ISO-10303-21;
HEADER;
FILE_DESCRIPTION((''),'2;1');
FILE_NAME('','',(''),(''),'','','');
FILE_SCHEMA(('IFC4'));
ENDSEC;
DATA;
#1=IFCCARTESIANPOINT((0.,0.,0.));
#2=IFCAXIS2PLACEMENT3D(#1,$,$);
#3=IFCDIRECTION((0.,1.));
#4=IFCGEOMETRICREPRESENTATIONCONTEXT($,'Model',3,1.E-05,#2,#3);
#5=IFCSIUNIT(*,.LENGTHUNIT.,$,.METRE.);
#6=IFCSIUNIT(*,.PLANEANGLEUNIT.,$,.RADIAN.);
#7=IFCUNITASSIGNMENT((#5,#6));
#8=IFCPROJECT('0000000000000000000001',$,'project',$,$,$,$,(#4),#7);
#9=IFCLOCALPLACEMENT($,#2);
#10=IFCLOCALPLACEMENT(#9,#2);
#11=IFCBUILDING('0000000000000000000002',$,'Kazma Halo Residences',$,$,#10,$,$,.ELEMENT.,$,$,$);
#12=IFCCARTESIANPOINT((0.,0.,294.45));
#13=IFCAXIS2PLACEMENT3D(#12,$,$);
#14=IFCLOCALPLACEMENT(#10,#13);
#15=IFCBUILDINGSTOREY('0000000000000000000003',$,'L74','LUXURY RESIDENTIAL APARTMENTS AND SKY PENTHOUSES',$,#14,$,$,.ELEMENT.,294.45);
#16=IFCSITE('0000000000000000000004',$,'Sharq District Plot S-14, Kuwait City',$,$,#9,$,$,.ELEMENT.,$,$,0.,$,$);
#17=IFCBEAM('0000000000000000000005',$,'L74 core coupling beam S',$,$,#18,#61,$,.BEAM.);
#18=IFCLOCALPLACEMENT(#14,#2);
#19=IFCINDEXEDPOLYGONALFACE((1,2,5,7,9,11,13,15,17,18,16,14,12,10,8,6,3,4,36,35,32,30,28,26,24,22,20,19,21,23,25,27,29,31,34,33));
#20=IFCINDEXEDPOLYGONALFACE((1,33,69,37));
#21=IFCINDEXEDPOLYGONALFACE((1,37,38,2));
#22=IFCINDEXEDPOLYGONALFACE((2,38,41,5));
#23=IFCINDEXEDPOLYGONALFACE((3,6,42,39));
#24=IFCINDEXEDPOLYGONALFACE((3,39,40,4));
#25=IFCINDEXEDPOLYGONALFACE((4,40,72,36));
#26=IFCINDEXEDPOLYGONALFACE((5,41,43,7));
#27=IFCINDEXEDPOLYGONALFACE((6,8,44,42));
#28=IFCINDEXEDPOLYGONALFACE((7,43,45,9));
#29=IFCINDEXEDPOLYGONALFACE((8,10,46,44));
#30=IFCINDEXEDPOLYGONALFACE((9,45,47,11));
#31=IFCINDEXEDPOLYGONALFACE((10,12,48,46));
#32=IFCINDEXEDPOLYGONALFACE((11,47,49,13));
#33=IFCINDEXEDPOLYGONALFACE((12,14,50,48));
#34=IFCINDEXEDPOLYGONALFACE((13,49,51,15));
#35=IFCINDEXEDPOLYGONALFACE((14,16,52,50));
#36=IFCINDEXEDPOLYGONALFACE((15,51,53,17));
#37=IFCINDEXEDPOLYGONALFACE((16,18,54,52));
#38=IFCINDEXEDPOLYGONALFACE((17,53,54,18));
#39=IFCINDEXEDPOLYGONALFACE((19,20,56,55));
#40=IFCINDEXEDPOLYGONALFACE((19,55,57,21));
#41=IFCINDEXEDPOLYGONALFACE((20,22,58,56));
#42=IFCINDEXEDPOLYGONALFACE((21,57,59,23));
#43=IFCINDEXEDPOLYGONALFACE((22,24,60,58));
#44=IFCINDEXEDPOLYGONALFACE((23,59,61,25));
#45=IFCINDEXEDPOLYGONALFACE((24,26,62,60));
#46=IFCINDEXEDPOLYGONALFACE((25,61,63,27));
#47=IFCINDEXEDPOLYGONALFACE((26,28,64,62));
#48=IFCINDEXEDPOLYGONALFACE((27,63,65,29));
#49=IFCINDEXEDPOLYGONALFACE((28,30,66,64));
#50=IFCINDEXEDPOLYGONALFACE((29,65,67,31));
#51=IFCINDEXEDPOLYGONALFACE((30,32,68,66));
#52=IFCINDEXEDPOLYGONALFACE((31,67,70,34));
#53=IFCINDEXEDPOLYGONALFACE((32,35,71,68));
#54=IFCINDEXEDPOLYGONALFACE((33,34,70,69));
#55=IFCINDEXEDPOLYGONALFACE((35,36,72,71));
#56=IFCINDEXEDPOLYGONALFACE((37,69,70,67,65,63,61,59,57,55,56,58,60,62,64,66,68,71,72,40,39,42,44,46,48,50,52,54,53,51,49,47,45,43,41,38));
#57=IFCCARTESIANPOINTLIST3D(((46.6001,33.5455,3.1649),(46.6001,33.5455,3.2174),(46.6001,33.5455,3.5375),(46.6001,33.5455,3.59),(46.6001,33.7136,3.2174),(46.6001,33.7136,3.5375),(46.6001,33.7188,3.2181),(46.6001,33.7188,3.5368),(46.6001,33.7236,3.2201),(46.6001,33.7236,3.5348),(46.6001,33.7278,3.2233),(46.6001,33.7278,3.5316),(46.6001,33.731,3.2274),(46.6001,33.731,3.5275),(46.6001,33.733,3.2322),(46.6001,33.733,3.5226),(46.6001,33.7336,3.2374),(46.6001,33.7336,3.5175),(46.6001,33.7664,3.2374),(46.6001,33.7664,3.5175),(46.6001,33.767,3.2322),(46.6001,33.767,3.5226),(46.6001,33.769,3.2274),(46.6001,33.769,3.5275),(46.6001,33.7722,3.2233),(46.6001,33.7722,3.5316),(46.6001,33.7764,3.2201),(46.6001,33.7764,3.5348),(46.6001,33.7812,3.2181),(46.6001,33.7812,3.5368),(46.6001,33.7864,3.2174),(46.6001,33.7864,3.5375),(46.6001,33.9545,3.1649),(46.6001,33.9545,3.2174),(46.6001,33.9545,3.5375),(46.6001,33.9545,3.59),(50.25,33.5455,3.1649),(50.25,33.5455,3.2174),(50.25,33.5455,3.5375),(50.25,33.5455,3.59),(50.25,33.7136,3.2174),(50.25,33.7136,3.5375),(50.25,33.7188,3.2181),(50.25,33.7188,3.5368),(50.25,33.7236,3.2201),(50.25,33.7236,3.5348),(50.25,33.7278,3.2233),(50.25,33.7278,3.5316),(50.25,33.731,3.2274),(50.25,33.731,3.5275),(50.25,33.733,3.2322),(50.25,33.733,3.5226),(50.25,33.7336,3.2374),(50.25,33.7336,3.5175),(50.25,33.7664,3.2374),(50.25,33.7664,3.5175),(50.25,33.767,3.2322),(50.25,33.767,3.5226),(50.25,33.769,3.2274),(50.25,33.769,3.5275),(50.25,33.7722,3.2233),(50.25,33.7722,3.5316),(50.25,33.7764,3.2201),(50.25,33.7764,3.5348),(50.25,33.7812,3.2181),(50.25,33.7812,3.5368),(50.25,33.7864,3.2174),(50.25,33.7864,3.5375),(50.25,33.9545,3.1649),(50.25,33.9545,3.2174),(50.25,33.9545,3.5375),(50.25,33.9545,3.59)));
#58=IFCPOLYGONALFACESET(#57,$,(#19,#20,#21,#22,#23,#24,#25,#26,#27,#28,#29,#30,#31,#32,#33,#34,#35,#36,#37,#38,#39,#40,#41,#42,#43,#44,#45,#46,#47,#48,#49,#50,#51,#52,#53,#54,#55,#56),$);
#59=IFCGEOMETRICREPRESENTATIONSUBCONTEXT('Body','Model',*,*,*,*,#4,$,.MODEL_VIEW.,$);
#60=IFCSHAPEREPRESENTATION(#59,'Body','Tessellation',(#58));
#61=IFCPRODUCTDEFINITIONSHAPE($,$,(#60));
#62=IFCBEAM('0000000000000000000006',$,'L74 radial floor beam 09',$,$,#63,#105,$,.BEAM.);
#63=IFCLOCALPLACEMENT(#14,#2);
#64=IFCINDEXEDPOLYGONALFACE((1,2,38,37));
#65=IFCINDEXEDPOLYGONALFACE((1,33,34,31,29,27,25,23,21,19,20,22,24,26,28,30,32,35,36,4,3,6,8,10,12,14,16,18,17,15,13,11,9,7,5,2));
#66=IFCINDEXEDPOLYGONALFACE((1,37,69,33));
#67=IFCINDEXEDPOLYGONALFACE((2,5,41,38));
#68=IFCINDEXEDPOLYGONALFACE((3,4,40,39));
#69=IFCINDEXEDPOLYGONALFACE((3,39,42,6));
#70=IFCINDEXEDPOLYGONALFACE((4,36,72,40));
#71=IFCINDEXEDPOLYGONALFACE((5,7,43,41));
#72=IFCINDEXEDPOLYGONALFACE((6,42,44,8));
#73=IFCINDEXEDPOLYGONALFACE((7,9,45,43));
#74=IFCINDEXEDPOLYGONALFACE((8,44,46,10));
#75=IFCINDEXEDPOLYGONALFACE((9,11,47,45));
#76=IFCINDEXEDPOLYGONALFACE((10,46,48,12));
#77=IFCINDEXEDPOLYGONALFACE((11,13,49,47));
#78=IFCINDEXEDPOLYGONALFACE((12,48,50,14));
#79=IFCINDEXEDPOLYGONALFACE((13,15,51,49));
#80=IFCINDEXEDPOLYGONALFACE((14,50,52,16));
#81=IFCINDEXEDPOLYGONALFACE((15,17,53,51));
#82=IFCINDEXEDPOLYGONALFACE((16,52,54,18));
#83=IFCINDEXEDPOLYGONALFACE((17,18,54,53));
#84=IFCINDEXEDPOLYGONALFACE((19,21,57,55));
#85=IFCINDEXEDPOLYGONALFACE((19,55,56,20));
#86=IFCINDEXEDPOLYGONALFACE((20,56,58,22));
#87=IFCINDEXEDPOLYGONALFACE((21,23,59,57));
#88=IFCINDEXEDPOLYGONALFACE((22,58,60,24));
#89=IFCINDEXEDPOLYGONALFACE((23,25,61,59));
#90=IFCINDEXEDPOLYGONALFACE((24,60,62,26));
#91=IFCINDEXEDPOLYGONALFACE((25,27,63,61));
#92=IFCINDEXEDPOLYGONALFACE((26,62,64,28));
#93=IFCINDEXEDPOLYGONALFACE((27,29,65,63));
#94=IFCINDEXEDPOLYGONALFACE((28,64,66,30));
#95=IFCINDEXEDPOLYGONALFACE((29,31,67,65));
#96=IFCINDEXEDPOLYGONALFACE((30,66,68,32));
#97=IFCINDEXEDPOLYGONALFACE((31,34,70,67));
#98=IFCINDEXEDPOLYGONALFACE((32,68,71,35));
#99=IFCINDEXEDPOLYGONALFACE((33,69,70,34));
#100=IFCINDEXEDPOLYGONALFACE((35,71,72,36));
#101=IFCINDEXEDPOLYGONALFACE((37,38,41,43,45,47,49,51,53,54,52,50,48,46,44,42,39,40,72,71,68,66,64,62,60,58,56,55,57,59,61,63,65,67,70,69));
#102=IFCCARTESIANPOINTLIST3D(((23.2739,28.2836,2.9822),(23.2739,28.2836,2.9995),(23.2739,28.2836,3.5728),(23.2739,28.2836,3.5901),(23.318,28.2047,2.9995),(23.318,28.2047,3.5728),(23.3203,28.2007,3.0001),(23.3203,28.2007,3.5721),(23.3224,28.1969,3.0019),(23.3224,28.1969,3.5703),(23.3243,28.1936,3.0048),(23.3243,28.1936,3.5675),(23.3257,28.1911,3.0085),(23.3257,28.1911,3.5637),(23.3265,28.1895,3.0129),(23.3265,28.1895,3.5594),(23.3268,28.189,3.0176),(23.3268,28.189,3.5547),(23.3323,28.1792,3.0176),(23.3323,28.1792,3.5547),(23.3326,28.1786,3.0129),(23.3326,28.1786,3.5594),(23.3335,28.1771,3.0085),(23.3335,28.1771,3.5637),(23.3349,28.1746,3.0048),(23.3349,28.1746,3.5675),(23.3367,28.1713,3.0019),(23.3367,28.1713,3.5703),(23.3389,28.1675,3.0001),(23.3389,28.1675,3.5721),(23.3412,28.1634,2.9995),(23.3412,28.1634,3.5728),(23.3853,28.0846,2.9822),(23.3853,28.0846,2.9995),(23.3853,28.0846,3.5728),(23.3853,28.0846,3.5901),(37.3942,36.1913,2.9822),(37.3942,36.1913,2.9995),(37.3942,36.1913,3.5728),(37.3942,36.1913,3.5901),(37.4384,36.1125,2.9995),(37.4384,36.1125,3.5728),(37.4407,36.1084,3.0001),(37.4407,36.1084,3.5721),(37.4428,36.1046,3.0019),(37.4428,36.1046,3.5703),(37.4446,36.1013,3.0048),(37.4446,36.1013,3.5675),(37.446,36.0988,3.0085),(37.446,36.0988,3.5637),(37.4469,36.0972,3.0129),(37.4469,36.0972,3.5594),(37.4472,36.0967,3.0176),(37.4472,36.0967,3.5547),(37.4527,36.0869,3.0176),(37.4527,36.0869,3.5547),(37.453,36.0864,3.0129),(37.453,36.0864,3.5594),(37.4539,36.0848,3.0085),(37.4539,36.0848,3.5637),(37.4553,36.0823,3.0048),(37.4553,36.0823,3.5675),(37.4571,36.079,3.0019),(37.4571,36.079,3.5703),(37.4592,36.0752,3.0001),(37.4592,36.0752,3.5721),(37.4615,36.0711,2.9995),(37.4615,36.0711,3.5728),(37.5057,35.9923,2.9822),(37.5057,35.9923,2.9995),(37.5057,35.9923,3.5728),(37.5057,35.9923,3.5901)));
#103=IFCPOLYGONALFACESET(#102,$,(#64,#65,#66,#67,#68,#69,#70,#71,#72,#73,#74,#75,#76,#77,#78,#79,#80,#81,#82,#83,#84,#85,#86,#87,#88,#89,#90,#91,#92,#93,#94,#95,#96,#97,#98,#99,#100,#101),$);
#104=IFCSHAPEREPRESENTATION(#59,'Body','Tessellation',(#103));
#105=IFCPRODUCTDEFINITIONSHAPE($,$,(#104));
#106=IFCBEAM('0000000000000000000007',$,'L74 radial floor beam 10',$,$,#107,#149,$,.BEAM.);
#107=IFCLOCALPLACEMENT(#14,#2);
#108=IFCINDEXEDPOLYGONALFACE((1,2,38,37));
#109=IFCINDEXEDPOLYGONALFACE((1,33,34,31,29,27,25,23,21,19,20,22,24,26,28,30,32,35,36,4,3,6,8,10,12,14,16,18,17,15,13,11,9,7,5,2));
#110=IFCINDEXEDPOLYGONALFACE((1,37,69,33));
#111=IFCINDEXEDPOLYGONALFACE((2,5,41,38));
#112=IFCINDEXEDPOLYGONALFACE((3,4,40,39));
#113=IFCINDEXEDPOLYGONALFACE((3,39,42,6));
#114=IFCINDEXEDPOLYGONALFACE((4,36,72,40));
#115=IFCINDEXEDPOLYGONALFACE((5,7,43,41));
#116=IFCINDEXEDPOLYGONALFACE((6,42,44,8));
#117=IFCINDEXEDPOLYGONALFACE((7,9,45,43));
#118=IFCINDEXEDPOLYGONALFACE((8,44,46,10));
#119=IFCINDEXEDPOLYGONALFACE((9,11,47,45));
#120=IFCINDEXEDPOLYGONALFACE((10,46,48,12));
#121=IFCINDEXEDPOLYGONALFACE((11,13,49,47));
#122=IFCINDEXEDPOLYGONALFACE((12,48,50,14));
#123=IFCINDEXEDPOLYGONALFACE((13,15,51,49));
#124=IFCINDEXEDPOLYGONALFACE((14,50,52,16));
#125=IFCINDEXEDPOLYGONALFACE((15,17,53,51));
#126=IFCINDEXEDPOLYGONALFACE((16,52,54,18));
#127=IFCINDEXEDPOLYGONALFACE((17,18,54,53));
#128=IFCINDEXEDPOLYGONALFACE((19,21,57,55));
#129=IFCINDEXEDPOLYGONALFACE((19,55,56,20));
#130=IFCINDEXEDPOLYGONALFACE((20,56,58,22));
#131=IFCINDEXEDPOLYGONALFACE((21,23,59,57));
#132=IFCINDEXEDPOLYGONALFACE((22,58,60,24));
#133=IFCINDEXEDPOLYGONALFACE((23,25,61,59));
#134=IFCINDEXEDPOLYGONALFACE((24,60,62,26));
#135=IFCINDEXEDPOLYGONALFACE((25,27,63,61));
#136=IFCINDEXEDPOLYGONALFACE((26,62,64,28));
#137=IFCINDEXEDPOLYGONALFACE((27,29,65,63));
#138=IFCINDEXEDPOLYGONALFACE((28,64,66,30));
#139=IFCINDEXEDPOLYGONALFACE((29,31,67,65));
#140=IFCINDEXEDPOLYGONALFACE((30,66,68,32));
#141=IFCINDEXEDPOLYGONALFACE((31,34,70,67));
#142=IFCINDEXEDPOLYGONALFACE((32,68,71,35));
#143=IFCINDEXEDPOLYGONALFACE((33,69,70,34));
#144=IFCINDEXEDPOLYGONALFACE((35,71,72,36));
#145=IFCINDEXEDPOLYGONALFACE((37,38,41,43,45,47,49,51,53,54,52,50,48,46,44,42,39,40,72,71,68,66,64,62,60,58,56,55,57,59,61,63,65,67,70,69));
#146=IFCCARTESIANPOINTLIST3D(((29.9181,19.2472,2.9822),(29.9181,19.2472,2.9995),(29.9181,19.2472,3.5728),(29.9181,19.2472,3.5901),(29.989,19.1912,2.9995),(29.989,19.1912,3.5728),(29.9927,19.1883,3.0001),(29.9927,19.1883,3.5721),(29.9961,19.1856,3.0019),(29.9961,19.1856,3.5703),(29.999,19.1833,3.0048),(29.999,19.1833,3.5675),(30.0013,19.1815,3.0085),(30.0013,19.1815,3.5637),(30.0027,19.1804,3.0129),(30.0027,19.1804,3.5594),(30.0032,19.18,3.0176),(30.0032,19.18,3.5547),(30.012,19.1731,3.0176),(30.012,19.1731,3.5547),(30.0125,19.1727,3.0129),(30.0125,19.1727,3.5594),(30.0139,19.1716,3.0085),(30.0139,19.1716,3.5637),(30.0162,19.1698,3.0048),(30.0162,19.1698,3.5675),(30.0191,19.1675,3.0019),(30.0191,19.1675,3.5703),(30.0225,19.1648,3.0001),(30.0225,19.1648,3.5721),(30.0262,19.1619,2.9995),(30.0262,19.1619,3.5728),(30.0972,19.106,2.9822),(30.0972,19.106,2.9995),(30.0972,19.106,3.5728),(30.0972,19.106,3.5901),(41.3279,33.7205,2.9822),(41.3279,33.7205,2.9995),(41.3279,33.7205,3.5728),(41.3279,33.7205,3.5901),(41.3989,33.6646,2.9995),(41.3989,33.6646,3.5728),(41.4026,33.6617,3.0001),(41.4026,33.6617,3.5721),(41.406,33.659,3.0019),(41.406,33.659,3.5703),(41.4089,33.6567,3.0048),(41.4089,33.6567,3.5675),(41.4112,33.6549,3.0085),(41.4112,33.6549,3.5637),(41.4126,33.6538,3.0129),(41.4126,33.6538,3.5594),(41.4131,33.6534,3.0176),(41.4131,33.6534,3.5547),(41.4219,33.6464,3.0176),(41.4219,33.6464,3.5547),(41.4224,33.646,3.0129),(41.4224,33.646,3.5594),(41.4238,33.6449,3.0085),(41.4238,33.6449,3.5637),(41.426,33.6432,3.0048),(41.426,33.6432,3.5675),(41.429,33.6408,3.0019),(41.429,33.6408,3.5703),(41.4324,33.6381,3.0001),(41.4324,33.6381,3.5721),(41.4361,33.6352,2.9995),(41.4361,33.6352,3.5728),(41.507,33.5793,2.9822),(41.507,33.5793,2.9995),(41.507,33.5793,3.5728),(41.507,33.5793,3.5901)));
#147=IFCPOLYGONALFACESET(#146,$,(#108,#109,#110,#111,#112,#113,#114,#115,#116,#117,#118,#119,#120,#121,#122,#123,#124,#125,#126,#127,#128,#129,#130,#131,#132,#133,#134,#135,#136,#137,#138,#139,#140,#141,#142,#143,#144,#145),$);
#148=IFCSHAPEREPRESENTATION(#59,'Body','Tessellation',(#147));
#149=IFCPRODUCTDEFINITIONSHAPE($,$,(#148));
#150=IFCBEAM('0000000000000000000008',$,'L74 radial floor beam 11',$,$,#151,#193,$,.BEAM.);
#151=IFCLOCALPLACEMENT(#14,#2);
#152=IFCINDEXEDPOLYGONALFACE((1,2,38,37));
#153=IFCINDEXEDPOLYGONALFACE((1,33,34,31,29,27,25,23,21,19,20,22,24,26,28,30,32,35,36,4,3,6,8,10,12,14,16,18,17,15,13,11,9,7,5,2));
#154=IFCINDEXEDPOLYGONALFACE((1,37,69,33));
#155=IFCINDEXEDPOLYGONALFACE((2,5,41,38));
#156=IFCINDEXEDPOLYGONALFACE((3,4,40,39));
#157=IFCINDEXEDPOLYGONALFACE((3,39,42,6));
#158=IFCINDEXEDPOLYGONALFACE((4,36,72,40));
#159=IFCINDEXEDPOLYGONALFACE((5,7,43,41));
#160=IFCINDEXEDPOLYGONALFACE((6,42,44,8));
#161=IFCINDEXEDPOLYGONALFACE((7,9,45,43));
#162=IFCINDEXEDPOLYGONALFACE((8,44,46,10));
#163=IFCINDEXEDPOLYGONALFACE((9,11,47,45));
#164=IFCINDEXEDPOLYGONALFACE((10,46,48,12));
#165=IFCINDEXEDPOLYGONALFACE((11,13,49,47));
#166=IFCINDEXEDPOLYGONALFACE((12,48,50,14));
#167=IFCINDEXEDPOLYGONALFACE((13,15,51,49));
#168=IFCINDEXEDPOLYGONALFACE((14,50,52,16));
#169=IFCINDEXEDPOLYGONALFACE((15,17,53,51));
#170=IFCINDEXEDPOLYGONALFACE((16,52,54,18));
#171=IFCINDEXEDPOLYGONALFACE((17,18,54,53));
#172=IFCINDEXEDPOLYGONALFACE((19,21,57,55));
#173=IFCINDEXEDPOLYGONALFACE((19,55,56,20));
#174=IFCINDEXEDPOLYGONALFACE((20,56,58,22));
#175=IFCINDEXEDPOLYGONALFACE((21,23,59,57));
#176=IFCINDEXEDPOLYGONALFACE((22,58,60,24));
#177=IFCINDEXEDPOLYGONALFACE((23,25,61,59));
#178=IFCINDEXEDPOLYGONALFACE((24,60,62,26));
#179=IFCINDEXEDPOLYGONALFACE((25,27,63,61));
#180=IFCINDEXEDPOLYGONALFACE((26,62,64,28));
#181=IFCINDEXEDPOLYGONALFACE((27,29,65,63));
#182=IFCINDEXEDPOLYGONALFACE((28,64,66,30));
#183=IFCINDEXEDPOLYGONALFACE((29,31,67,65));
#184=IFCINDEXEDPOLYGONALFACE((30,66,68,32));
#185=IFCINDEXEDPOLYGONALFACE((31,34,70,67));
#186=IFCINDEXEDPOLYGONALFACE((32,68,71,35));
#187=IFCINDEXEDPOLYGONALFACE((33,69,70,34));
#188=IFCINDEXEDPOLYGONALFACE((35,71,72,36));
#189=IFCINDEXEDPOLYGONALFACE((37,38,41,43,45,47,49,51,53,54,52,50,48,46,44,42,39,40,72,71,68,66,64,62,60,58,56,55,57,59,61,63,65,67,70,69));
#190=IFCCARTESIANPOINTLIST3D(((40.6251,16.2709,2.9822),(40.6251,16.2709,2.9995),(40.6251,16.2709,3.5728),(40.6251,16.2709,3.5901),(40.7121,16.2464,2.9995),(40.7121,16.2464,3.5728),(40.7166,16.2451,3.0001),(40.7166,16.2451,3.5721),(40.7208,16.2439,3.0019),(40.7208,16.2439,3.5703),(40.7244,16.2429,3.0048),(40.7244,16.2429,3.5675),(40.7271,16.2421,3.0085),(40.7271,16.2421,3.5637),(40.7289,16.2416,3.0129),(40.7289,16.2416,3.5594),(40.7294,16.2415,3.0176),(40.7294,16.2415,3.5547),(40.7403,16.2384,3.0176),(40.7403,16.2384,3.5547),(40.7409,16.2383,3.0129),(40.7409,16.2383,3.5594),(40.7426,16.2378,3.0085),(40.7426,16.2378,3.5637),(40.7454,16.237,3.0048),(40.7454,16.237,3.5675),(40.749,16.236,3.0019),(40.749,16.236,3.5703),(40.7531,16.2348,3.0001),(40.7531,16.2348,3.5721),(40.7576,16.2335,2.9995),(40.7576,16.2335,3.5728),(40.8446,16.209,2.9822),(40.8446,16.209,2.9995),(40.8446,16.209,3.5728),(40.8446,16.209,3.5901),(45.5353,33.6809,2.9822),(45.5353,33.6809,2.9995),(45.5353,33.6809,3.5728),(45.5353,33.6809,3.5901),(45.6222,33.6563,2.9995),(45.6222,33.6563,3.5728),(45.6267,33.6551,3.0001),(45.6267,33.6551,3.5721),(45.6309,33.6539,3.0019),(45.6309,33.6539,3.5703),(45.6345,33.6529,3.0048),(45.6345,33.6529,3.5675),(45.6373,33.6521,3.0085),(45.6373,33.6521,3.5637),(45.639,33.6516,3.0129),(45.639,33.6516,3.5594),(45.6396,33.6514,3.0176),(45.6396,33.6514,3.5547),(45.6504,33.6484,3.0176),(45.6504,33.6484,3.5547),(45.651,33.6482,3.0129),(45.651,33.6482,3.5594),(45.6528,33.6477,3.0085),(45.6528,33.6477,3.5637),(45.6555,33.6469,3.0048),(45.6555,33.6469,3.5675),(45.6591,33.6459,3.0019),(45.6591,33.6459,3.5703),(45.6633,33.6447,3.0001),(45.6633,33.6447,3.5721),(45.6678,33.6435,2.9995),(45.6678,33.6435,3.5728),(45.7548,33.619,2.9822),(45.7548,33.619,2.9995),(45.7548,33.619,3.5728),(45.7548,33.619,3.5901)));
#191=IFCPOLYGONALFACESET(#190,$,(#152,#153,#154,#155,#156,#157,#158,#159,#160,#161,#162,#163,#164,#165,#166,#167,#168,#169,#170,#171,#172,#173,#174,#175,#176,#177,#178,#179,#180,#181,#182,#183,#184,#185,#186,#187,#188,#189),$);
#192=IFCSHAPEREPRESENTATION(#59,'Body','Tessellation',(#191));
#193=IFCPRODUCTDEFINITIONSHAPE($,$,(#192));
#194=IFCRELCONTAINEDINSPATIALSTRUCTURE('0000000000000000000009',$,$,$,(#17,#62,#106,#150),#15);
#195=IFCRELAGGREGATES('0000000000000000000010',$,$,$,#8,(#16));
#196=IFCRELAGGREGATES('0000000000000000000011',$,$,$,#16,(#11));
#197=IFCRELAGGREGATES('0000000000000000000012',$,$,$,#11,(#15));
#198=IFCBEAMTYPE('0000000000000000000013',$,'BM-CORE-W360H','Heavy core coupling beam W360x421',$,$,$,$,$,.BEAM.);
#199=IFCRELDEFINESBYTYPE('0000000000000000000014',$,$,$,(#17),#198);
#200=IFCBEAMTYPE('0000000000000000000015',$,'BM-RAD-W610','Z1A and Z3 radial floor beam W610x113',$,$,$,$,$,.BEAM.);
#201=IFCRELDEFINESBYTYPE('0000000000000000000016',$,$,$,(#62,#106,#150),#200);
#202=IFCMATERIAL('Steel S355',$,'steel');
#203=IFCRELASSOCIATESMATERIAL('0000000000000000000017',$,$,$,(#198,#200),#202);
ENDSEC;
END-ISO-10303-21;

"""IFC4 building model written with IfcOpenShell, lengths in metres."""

from ifc_helpers import new_model, si_unit, direction, frame, origin, origin_2d, place, context, subcontext, project, spatial, i_section, extrude, material, material_profile, profile_set, type_object, element, save


model = new_model("IFC4")

# Units and contexts
model_context = context("Model", 3, precision=1e-05, world=origin(), true_north=direction((0.0, 1.0)))
body_context = subcontext(model_context, "Body", "Model", "MODEL_VIEW")
ifc_project = project(units=[si_unit("LENGTHUNIT", "METRE"), si_unit("PLANEANGLEUNIT", "RADIAN")], contexts=[model_context])

# Site, building, storey
site_placement = place(None, origin())
site = spatial("IfcSite", under=ifc_project, at=site_placement, Name="Sharq District Plot S-14, Kuwait City", CompositionType="ELEMENT", RefElevation=0.0)
building_placement = place(site_placement, origin())
building = spatial("IfcBuilding", under=site, at=building_placement, Name="Kazma Halo Residences", CompositionType="ELEMENT")
storey_placement = place(building_placement, frame((0.0, 0.0, 294.45)))
storey = spatial("IfcBuildingStorey", under=building, at=storey_placement, Name="L74", Description="LUXURY RESIDENTIAL APARTMENTS AND SKY PENTHOUSES", CompositionType="ELEMENT", Elevation=294.45)

# Beams
ifc_material_1 = material(Name="Steel S355", Category="steel")
ifc_material_profile_1 = material_profile(ifc_material_1, i_section(OverallWidth=0.4089, OverallDepth=0.425, WebThickness=0.0327, FlangeThickness=0.0525, FilletRadius=0.02, at=origin_2d()), Name="W360x421")
ifc_profile_set_1 = profile_set([ifc_material_profile_1], Name="Steel S355")
beam_type_1 = type_object("IfcBeamType", Name="BM-CORE-W360H", Description="Heavy core coupling beam W360x421", PredefinedType="BEAM", material=ifc_profile_set_1)
beam_1_placement = place(storey_placement, frame((46.6001, 33.75, 3.3774), z_axis=(1.0, 0.0, 0.0), x_axis=(0.0, 1.0, 0.0)))
element("IfcBeam", 1, at=beam_1_placement, inside=storey, type_object=beam_type_1, Name="L74 core coupling beam S", PredefinedType="BEAM", context=body_context, shape_type="SweptSolid", body=[
    extrude(i_section(OverallWidth=0.4089, OverallDepth=0.425, WebThickness=0.0327, FlangeThickness=0.0525, FilletRadius=0.02, at=origin_2d()), origin(), (0.0, 0.0, 1.0), 3.6499),
])
ifc_material_profile_2 = material_profile(ifc_material_1, i_section(OverallWidth=0.228, OverallDepth=0.6079, WebThickness=0.0112, FlangeThickness=0.0173, FilletRadius=0.0181, at=origin_2d()), Name="W610x113")
ifc_profile_set_2 = profile_set([ifc_material_profile_2], Name="Steel S355")
beam_type_2 = type_object("IfcBeamType", Name="BM-RAD-W610", Description="Z1A and Z3 radial floor beam W610x113", PredefinedType="BEAM", material=ifc_profile_set_2)
beam_2_placement = place(storey_placement, frame((37.45, 36.0918, 3.2861), z_axis=(-0.872498, -0.488618, 0.0), x_axis=(0.488618, -0.872498, 0.0)))
element("IfcBeam", 2, at=beam_2_placement, inside=storey, type_object=beam_type_2, Name="L74 radial floor beam 09", PredefinedType="BEAM", context=body_context, shape_type="SweptSolid", body=[
    extrude(i_section(OverallWidth=0.228, OverallDepth=0.6079, WebThickness=0.0112, FlangeThickness=0.0173, FilletRadius=0.0181, at=origin_2d()), origin(), (0.0, 0.0, 1.0), 16.1838),
])
beam_3_placement = place(storey_placement, frame((41.4175, 33.6499, 3.2861), z_axis=(-0.619094, -0.785317, 0.0), x_axis=(0.785317, -0.619094, 0.0)))
element("IfcBeam", 3, at=beam_3_placement, inside=storey, type_object=beam_type_2, Name="L74 radial floor beam 10", PredefinedType="BEAM", context=body_context, shape_type="SweptSolid", body=[
    extrude(i_section(OverallWidth=0.228, OverallDepth=0.6079, WebThickness=0.0112, FlangeThickness=0.0173, FilletRadius=0.0181, at=origin_2d()), origin(), (0.0, 0.0, 1.0), 18.4299),
])
beam_4_placement = place(storey_placement, frame((45.645, 33.6499, 3.2861), z_axis=(-0.271443, -0.962454, 0.0), x_axis=(0.962454, -0.271443, 0.0)))
element("IfcBeam", 4, at=beam_4_placement, inside=storey, type_object=beam_type_2, Name="L74 radial floor beam 11", PredefinedType="BEAM", context=body_context, shape_type="SweptSolid", body=[
    extrude(i_section(OverallWidth=0.228, OverallDepth=0.6079, WebThickness=0.0112, FlangeThickness=0.0173, FilletRadius=0.0181, at=origin_2d()), origin(), (0.0, 0.0, 1.0), 18.0891),
])

save(model, "model.ifc")
